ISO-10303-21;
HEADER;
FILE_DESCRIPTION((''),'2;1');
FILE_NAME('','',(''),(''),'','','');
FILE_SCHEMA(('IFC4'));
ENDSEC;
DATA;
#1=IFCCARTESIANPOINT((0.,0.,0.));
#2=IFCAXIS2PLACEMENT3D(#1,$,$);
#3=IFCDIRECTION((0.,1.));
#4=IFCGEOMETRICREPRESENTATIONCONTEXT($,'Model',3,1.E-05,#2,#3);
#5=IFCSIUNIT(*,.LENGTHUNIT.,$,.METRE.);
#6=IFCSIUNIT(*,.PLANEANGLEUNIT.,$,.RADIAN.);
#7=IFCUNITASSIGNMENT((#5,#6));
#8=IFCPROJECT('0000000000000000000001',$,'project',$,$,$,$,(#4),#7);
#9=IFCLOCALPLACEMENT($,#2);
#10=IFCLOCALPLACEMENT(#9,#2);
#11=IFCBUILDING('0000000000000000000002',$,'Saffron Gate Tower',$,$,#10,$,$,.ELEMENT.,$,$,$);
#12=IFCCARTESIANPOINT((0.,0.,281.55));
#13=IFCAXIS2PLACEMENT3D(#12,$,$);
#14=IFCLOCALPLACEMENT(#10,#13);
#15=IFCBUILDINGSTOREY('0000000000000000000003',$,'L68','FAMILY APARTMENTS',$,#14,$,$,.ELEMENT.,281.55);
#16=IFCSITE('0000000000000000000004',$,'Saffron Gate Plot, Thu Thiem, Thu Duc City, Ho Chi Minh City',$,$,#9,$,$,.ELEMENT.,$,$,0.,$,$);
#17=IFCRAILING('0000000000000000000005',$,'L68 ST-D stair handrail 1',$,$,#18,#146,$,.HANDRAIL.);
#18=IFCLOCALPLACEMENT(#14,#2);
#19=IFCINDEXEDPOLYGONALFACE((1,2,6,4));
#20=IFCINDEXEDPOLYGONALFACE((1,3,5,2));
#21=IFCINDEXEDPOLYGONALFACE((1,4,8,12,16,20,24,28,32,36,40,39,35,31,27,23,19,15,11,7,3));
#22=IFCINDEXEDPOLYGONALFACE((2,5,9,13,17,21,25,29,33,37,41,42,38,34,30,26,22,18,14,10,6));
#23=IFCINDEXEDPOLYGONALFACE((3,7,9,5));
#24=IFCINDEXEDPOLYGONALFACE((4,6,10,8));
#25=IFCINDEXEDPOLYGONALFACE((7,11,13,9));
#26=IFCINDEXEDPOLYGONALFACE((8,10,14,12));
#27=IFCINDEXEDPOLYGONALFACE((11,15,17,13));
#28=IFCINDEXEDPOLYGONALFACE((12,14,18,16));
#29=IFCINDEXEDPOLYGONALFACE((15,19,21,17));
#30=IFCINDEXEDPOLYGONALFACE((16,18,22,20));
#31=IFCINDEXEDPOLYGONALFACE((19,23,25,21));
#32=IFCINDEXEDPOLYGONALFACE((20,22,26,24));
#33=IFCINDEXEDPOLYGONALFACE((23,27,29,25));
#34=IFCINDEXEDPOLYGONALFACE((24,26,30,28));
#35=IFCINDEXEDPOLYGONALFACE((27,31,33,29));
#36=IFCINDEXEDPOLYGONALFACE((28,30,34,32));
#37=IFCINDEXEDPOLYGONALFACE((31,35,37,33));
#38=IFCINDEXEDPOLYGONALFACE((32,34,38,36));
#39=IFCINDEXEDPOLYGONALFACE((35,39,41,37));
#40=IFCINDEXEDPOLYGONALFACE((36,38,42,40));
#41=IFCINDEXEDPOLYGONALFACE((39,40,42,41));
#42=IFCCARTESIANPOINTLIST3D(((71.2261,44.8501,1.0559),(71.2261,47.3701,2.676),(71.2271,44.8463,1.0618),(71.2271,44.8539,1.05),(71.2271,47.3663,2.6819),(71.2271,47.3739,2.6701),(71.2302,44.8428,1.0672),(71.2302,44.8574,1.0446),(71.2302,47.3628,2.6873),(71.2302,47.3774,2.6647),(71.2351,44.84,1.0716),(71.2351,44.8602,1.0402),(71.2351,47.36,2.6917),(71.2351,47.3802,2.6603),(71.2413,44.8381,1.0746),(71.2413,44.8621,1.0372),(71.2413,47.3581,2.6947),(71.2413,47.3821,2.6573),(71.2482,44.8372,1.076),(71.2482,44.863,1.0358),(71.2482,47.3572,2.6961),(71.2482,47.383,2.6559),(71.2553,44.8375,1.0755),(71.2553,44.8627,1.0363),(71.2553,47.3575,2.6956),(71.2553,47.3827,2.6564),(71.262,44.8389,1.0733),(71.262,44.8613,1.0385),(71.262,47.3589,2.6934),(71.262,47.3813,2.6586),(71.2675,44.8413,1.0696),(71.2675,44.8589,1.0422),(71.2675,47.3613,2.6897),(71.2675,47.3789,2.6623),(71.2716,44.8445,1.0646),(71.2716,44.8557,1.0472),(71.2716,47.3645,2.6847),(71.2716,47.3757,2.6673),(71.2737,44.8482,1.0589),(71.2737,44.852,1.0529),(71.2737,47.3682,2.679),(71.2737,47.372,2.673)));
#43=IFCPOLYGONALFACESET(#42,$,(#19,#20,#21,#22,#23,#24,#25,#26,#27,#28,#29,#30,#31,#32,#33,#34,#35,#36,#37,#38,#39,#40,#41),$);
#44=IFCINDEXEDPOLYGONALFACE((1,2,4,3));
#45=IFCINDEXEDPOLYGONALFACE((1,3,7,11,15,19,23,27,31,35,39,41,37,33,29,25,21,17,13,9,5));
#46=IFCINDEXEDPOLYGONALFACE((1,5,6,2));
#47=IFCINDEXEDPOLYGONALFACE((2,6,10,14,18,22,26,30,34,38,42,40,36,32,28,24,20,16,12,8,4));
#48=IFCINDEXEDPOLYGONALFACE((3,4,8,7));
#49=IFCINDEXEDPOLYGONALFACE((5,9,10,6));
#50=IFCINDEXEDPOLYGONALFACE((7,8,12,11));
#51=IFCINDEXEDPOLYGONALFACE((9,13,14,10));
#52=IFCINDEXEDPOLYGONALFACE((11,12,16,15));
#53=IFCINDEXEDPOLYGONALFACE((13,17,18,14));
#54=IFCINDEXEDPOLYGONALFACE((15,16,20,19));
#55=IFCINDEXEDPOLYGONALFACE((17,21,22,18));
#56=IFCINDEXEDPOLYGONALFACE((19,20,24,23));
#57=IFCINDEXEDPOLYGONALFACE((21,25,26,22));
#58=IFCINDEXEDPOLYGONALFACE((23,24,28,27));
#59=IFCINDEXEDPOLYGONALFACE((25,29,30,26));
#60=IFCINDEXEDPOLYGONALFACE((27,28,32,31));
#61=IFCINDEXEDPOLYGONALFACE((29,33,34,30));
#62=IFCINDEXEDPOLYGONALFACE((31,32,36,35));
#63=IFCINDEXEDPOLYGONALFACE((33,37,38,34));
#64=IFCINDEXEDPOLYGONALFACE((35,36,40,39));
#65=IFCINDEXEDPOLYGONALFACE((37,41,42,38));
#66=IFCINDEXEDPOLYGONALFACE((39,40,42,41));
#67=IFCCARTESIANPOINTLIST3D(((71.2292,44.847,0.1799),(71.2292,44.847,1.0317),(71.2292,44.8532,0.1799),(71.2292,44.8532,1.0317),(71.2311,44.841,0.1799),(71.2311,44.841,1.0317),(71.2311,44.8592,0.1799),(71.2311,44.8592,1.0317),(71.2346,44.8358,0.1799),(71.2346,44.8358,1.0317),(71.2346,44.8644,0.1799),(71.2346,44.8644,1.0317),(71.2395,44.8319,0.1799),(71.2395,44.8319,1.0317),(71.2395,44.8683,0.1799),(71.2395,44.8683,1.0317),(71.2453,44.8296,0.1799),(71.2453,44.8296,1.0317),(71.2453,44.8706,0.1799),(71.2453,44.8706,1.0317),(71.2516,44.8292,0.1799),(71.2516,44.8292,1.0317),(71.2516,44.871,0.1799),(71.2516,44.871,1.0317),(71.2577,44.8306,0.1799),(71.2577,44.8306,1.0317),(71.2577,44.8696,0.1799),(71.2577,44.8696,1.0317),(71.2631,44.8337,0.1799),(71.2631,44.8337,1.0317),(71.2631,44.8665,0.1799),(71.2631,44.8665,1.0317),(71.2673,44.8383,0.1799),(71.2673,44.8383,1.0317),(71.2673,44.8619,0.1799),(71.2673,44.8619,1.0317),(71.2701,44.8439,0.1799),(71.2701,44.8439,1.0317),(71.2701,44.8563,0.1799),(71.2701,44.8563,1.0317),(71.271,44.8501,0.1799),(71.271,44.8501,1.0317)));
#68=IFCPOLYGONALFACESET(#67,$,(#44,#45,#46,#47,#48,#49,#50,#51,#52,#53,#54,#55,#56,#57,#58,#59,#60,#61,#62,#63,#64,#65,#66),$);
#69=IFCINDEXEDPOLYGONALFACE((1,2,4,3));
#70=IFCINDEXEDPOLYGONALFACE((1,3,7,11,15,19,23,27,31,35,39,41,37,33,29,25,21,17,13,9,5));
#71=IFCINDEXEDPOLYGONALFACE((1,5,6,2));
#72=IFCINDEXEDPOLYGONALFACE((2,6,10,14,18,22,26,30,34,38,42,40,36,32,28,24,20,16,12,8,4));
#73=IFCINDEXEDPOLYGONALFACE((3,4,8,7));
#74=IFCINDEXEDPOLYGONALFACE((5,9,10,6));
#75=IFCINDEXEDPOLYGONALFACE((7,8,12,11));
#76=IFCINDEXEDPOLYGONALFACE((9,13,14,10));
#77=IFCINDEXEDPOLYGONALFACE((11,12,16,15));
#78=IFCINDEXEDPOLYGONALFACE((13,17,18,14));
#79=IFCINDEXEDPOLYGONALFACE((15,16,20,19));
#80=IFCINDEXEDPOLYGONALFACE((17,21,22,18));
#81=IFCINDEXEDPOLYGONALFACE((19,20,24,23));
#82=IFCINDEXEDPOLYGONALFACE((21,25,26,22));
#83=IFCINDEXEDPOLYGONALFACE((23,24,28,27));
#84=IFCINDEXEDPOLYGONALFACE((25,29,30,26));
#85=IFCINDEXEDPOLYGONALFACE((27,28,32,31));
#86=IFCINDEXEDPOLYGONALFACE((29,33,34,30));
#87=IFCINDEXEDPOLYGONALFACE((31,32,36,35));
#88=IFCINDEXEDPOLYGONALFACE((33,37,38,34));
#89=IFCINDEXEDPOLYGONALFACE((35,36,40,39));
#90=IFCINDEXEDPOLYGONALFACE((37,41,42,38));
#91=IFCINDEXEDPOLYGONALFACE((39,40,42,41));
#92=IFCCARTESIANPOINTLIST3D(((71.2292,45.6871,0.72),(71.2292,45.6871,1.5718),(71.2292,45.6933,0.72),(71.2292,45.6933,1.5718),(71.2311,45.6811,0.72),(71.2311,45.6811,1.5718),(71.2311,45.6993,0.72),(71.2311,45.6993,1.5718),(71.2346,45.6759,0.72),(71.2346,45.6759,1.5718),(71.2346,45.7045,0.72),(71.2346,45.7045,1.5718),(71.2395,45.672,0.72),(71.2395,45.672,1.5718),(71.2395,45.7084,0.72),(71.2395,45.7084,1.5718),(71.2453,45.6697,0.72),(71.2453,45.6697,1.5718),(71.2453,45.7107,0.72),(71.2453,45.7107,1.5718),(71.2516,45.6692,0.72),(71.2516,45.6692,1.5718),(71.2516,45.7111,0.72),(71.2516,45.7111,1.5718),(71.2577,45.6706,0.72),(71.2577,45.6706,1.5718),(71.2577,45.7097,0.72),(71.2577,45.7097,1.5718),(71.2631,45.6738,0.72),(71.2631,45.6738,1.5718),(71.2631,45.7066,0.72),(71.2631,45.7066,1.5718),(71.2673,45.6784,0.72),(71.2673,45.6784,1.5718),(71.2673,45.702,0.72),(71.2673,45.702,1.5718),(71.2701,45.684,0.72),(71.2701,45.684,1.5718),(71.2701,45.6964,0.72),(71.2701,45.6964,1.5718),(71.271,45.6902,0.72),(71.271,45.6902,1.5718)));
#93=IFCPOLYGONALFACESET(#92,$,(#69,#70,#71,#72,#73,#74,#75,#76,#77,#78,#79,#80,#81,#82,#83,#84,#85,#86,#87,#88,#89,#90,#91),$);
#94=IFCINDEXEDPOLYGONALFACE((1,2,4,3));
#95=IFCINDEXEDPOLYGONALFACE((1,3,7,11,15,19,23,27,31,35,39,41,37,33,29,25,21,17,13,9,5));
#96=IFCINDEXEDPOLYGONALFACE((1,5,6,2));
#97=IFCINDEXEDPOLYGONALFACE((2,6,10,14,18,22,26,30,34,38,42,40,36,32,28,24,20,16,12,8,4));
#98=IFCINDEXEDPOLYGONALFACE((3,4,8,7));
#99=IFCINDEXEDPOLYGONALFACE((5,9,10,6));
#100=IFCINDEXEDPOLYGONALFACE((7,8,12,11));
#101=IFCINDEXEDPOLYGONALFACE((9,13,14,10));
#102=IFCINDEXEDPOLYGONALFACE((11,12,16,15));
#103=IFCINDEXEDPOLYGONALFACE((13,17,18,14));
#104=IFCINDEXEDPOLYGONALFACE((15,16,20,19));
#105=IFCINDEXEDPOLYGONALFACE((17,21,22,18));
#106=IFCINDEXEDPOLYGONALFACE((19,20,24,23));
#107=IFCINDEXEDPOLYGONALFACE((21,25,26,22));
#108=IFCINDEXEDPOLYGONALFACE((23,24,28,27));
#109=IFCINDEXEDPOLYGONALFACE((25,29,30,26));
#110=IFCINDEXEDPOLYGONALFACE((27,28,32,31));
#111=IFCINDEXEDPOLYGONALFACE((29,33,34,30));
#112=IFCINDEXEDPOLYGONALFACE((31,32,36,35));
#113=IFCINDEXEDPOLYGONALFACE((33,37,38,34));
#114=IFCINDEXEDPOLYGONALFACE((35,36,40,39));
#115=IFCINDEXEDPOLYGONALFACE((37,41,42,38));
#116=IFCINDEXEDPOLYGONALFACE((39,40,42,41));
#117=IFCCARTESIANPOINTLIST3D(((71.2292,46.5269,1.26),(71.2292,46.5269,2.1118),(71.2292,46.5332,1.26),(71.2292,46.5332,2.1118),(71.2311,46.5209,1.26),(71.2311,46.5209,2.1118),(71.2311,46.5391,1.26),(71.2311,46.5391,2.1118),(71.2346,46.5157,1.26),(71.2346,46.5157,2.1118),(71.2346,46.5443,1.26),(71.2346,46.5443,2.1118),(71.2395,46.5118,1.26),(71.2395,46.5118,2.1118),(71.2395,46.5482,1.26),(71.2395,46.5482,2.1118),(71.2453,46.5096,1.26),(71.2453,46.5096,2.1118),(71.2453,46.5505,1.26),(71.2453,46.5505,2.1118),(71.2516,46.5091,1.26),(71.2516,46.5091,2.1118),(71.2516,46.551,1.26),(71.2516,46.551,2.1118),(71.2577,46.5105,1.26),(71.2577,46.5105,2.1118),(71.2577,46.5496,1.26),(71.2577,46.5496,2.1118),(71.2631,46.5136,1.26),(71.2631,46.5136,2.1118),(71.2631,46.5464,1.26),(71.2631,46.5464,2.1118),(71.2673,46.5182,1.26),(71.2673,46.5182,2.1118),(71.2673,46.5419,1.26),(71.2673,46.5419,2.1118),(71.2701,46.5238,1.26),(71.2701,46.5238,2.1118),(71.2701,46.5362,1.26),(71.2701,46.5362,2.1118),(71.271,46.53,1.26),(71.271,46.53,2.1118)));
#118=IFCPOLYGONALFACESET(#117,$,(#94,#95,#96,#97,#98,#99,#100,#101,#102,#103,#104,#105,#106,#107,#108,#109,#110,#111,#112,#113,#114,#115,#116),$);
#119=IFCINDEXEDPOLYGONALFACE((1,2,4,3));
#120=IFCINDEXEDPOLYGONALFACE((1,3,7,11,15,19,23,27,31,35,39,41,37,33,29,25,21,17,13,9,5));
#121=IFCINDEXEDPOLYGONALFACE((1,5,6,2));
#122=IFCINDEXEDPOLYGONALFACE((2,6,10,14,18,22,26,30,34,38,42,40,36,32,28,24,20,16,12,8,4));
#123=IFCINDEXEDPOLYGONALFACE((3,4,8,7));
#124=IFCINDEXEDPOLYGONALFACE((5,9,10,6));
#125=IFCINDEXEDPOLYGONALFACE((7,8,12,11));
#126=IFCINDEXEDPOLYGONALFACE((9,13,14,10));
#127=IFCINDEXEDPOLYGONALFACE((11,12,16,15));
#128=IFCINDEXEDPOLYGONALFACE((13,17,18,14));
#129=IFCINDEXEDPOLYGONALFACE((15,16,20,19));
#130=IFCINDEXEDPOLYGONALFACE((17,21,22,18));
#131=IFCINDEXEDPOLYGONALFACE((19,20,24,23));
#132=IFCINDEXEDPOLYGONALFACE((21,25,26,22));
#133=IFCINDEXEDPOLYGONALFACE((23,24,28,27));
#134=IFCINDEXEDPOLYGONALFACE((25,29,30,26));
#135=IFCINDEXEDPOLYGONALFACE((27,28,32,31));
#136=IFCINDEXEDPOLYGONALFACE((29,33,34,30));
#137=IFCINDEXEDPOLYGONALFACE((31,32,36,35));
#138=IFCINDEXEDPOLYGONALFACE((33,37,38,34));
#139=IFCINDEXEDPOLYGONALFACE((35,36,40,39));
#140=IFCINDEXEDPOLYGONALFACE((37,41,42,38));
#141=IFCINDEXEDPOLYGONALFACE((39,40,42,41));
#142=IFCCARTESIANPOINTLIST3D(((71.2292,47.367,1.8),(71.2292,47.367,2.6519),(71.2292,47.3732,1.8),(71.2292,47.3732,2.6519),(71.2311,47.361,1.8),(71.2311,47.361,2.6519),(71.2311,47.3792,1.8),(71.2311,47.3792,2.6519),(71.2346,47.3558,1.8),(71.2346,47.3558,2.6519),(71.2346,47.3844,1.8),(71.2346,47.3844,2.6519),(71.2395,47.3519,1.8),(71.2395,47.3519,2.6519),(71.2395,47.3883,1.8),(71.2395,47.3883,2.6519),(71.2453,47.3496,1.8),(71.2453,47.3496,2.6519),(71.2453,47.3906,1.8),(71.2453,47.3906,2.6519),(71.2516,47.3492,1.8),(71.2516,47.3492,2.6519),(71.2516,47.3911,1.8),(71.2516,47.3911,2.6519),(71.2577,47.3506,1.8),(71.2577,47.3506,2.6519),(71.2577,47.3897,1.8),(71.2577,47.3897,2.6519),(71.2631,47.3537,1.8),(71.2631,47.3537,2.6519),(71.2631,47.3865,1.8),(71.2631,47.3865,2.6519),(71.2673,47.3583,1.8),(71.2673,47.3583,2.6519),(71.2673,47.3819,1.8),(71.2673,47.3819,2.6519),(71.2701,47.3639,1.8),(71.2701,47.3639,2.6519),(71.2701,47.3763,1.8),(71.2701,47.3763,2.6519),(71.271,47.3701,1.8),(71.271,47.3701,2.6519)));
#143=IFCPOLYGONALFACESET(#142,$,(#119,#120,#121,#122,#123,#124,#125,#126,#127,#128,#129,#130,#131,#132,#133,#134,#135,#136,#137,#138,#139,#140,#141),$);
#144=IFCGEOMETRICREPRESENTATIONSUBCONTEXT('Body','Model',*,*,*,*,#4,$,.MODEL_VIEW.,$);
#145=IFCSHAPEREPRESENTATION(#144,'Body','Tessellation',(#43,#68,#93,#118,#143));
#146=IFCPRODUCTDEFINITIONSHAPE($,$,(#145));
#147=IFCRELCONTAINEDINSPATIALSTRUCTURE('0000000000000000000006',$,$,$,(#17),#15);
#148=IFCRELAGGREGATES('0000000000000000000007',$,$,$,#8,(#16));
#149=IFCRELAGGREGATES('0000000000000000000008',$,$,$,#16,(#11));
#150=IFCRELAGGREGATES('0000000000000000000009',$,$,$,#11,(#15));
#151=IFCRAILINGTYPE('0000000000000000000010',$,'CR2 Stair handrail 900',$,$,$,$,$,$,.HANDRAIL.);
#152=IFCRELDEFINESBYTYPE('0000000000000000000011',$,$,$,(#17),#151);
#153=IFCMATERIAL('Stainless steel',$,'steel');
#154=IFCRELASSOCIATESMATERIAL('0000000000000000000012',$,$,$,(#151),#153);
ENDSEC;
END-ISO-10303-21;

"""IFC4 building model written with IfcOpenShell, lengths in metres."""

from ifc_helpers import new_model, si_unit, direction, frame, origin, origin_2d, place, context, subcontext, project, spatial, circle, extrude, material, type_object, element, save


model = new_model("IFC4")

# Units and contexts
model_context = context("Model", 3, precision=1e-05, world=origin(), true_north=direction((0.0, 1.0)))
body_context = subcontext(model_context, "Body", "Model", "MODEL_VIEW")
ifc_project = project(units=[si_unit("LENGTHUNIT", "METRE"), si_unit("PLANEANGLEUNIT", "RADIAN")], contexts=[model_context])

# Site, building, storey
site_placement = place(None, origin())
site = spatial("IfcSite", under=ifc_project, at=site_placement, Name="Saffron Gate Plot, Thu Thiem, Thu Duc City, Ho Chi Minh City", CompositionType="ELEMENT", RefElevation=0.0)
building_placement = place(site_placement, origin())
building = spatial("IfcBuilding", under=site, at=building_placement, Name="Saffron Gate Tower", CompositionType="ELEMENT")
storey_placement = place(building_placement, frame((0.0, 0.0, 281.55)))
storey = spatial("IfcBuildingStorey", under=building, at=storey_placement, Name="L68", Description="FAMILY APARTMENTS", CompositionType="ELEMENT", Elevation=281.55)

# Railing
ifc_material_1 = material(Name="Stainless steel", Category="steel")
railing_type_1 = type_object("IfcRailingType", Name="CR2 Stair handrail 900", PredefinedType="HANDRAIL", material=ifc_material_1)
railing_1_placement = place(storey_placement, frame((71.25, 44.8501, 0.1799)))
element("IfcRailing", 1, at=railing_1_placement, inside=storey, type_object=railing_type_1, Name="L68 ST-D stair handrail 1", PredefinedType="HANDRAIL", context=body_context, shape_type="SweptSolid", body=[
    extrude(circle(Radius=0.0239, at=origin_2d()), frame((0.0, 0.0, 0.876), z_axis=(0.0, 0.841163, 0.540782), x_axis=(-1.0, 0.0, 0.0)), (0.0, 0.0, 1.0), 2.9958),
    extrude(circle(Radius=0.021, at=origin_2d()), origin(), (0.0, 0.0, 1.0), 0.8518),
    extrude(circle(Radius=0.021, at=origin_2d()), frame((0.0, 0.8401, 0.54)), (0.0, 0.0, 1.0), 0.8518),
    extrude(circle(Radius=0.021, at=origin_2d()), frame((0.0, 1.6799, 1.0801)), (0.0, 0.0, 1.0), 0.8518),
    extrude(circle(Radius=0.021, at=origin_2d()), frame((0.0, 2.52, 1.6201)), (0.0, 0.0, 1.0), 0.8518),
])

save(model, "model.ifc")
